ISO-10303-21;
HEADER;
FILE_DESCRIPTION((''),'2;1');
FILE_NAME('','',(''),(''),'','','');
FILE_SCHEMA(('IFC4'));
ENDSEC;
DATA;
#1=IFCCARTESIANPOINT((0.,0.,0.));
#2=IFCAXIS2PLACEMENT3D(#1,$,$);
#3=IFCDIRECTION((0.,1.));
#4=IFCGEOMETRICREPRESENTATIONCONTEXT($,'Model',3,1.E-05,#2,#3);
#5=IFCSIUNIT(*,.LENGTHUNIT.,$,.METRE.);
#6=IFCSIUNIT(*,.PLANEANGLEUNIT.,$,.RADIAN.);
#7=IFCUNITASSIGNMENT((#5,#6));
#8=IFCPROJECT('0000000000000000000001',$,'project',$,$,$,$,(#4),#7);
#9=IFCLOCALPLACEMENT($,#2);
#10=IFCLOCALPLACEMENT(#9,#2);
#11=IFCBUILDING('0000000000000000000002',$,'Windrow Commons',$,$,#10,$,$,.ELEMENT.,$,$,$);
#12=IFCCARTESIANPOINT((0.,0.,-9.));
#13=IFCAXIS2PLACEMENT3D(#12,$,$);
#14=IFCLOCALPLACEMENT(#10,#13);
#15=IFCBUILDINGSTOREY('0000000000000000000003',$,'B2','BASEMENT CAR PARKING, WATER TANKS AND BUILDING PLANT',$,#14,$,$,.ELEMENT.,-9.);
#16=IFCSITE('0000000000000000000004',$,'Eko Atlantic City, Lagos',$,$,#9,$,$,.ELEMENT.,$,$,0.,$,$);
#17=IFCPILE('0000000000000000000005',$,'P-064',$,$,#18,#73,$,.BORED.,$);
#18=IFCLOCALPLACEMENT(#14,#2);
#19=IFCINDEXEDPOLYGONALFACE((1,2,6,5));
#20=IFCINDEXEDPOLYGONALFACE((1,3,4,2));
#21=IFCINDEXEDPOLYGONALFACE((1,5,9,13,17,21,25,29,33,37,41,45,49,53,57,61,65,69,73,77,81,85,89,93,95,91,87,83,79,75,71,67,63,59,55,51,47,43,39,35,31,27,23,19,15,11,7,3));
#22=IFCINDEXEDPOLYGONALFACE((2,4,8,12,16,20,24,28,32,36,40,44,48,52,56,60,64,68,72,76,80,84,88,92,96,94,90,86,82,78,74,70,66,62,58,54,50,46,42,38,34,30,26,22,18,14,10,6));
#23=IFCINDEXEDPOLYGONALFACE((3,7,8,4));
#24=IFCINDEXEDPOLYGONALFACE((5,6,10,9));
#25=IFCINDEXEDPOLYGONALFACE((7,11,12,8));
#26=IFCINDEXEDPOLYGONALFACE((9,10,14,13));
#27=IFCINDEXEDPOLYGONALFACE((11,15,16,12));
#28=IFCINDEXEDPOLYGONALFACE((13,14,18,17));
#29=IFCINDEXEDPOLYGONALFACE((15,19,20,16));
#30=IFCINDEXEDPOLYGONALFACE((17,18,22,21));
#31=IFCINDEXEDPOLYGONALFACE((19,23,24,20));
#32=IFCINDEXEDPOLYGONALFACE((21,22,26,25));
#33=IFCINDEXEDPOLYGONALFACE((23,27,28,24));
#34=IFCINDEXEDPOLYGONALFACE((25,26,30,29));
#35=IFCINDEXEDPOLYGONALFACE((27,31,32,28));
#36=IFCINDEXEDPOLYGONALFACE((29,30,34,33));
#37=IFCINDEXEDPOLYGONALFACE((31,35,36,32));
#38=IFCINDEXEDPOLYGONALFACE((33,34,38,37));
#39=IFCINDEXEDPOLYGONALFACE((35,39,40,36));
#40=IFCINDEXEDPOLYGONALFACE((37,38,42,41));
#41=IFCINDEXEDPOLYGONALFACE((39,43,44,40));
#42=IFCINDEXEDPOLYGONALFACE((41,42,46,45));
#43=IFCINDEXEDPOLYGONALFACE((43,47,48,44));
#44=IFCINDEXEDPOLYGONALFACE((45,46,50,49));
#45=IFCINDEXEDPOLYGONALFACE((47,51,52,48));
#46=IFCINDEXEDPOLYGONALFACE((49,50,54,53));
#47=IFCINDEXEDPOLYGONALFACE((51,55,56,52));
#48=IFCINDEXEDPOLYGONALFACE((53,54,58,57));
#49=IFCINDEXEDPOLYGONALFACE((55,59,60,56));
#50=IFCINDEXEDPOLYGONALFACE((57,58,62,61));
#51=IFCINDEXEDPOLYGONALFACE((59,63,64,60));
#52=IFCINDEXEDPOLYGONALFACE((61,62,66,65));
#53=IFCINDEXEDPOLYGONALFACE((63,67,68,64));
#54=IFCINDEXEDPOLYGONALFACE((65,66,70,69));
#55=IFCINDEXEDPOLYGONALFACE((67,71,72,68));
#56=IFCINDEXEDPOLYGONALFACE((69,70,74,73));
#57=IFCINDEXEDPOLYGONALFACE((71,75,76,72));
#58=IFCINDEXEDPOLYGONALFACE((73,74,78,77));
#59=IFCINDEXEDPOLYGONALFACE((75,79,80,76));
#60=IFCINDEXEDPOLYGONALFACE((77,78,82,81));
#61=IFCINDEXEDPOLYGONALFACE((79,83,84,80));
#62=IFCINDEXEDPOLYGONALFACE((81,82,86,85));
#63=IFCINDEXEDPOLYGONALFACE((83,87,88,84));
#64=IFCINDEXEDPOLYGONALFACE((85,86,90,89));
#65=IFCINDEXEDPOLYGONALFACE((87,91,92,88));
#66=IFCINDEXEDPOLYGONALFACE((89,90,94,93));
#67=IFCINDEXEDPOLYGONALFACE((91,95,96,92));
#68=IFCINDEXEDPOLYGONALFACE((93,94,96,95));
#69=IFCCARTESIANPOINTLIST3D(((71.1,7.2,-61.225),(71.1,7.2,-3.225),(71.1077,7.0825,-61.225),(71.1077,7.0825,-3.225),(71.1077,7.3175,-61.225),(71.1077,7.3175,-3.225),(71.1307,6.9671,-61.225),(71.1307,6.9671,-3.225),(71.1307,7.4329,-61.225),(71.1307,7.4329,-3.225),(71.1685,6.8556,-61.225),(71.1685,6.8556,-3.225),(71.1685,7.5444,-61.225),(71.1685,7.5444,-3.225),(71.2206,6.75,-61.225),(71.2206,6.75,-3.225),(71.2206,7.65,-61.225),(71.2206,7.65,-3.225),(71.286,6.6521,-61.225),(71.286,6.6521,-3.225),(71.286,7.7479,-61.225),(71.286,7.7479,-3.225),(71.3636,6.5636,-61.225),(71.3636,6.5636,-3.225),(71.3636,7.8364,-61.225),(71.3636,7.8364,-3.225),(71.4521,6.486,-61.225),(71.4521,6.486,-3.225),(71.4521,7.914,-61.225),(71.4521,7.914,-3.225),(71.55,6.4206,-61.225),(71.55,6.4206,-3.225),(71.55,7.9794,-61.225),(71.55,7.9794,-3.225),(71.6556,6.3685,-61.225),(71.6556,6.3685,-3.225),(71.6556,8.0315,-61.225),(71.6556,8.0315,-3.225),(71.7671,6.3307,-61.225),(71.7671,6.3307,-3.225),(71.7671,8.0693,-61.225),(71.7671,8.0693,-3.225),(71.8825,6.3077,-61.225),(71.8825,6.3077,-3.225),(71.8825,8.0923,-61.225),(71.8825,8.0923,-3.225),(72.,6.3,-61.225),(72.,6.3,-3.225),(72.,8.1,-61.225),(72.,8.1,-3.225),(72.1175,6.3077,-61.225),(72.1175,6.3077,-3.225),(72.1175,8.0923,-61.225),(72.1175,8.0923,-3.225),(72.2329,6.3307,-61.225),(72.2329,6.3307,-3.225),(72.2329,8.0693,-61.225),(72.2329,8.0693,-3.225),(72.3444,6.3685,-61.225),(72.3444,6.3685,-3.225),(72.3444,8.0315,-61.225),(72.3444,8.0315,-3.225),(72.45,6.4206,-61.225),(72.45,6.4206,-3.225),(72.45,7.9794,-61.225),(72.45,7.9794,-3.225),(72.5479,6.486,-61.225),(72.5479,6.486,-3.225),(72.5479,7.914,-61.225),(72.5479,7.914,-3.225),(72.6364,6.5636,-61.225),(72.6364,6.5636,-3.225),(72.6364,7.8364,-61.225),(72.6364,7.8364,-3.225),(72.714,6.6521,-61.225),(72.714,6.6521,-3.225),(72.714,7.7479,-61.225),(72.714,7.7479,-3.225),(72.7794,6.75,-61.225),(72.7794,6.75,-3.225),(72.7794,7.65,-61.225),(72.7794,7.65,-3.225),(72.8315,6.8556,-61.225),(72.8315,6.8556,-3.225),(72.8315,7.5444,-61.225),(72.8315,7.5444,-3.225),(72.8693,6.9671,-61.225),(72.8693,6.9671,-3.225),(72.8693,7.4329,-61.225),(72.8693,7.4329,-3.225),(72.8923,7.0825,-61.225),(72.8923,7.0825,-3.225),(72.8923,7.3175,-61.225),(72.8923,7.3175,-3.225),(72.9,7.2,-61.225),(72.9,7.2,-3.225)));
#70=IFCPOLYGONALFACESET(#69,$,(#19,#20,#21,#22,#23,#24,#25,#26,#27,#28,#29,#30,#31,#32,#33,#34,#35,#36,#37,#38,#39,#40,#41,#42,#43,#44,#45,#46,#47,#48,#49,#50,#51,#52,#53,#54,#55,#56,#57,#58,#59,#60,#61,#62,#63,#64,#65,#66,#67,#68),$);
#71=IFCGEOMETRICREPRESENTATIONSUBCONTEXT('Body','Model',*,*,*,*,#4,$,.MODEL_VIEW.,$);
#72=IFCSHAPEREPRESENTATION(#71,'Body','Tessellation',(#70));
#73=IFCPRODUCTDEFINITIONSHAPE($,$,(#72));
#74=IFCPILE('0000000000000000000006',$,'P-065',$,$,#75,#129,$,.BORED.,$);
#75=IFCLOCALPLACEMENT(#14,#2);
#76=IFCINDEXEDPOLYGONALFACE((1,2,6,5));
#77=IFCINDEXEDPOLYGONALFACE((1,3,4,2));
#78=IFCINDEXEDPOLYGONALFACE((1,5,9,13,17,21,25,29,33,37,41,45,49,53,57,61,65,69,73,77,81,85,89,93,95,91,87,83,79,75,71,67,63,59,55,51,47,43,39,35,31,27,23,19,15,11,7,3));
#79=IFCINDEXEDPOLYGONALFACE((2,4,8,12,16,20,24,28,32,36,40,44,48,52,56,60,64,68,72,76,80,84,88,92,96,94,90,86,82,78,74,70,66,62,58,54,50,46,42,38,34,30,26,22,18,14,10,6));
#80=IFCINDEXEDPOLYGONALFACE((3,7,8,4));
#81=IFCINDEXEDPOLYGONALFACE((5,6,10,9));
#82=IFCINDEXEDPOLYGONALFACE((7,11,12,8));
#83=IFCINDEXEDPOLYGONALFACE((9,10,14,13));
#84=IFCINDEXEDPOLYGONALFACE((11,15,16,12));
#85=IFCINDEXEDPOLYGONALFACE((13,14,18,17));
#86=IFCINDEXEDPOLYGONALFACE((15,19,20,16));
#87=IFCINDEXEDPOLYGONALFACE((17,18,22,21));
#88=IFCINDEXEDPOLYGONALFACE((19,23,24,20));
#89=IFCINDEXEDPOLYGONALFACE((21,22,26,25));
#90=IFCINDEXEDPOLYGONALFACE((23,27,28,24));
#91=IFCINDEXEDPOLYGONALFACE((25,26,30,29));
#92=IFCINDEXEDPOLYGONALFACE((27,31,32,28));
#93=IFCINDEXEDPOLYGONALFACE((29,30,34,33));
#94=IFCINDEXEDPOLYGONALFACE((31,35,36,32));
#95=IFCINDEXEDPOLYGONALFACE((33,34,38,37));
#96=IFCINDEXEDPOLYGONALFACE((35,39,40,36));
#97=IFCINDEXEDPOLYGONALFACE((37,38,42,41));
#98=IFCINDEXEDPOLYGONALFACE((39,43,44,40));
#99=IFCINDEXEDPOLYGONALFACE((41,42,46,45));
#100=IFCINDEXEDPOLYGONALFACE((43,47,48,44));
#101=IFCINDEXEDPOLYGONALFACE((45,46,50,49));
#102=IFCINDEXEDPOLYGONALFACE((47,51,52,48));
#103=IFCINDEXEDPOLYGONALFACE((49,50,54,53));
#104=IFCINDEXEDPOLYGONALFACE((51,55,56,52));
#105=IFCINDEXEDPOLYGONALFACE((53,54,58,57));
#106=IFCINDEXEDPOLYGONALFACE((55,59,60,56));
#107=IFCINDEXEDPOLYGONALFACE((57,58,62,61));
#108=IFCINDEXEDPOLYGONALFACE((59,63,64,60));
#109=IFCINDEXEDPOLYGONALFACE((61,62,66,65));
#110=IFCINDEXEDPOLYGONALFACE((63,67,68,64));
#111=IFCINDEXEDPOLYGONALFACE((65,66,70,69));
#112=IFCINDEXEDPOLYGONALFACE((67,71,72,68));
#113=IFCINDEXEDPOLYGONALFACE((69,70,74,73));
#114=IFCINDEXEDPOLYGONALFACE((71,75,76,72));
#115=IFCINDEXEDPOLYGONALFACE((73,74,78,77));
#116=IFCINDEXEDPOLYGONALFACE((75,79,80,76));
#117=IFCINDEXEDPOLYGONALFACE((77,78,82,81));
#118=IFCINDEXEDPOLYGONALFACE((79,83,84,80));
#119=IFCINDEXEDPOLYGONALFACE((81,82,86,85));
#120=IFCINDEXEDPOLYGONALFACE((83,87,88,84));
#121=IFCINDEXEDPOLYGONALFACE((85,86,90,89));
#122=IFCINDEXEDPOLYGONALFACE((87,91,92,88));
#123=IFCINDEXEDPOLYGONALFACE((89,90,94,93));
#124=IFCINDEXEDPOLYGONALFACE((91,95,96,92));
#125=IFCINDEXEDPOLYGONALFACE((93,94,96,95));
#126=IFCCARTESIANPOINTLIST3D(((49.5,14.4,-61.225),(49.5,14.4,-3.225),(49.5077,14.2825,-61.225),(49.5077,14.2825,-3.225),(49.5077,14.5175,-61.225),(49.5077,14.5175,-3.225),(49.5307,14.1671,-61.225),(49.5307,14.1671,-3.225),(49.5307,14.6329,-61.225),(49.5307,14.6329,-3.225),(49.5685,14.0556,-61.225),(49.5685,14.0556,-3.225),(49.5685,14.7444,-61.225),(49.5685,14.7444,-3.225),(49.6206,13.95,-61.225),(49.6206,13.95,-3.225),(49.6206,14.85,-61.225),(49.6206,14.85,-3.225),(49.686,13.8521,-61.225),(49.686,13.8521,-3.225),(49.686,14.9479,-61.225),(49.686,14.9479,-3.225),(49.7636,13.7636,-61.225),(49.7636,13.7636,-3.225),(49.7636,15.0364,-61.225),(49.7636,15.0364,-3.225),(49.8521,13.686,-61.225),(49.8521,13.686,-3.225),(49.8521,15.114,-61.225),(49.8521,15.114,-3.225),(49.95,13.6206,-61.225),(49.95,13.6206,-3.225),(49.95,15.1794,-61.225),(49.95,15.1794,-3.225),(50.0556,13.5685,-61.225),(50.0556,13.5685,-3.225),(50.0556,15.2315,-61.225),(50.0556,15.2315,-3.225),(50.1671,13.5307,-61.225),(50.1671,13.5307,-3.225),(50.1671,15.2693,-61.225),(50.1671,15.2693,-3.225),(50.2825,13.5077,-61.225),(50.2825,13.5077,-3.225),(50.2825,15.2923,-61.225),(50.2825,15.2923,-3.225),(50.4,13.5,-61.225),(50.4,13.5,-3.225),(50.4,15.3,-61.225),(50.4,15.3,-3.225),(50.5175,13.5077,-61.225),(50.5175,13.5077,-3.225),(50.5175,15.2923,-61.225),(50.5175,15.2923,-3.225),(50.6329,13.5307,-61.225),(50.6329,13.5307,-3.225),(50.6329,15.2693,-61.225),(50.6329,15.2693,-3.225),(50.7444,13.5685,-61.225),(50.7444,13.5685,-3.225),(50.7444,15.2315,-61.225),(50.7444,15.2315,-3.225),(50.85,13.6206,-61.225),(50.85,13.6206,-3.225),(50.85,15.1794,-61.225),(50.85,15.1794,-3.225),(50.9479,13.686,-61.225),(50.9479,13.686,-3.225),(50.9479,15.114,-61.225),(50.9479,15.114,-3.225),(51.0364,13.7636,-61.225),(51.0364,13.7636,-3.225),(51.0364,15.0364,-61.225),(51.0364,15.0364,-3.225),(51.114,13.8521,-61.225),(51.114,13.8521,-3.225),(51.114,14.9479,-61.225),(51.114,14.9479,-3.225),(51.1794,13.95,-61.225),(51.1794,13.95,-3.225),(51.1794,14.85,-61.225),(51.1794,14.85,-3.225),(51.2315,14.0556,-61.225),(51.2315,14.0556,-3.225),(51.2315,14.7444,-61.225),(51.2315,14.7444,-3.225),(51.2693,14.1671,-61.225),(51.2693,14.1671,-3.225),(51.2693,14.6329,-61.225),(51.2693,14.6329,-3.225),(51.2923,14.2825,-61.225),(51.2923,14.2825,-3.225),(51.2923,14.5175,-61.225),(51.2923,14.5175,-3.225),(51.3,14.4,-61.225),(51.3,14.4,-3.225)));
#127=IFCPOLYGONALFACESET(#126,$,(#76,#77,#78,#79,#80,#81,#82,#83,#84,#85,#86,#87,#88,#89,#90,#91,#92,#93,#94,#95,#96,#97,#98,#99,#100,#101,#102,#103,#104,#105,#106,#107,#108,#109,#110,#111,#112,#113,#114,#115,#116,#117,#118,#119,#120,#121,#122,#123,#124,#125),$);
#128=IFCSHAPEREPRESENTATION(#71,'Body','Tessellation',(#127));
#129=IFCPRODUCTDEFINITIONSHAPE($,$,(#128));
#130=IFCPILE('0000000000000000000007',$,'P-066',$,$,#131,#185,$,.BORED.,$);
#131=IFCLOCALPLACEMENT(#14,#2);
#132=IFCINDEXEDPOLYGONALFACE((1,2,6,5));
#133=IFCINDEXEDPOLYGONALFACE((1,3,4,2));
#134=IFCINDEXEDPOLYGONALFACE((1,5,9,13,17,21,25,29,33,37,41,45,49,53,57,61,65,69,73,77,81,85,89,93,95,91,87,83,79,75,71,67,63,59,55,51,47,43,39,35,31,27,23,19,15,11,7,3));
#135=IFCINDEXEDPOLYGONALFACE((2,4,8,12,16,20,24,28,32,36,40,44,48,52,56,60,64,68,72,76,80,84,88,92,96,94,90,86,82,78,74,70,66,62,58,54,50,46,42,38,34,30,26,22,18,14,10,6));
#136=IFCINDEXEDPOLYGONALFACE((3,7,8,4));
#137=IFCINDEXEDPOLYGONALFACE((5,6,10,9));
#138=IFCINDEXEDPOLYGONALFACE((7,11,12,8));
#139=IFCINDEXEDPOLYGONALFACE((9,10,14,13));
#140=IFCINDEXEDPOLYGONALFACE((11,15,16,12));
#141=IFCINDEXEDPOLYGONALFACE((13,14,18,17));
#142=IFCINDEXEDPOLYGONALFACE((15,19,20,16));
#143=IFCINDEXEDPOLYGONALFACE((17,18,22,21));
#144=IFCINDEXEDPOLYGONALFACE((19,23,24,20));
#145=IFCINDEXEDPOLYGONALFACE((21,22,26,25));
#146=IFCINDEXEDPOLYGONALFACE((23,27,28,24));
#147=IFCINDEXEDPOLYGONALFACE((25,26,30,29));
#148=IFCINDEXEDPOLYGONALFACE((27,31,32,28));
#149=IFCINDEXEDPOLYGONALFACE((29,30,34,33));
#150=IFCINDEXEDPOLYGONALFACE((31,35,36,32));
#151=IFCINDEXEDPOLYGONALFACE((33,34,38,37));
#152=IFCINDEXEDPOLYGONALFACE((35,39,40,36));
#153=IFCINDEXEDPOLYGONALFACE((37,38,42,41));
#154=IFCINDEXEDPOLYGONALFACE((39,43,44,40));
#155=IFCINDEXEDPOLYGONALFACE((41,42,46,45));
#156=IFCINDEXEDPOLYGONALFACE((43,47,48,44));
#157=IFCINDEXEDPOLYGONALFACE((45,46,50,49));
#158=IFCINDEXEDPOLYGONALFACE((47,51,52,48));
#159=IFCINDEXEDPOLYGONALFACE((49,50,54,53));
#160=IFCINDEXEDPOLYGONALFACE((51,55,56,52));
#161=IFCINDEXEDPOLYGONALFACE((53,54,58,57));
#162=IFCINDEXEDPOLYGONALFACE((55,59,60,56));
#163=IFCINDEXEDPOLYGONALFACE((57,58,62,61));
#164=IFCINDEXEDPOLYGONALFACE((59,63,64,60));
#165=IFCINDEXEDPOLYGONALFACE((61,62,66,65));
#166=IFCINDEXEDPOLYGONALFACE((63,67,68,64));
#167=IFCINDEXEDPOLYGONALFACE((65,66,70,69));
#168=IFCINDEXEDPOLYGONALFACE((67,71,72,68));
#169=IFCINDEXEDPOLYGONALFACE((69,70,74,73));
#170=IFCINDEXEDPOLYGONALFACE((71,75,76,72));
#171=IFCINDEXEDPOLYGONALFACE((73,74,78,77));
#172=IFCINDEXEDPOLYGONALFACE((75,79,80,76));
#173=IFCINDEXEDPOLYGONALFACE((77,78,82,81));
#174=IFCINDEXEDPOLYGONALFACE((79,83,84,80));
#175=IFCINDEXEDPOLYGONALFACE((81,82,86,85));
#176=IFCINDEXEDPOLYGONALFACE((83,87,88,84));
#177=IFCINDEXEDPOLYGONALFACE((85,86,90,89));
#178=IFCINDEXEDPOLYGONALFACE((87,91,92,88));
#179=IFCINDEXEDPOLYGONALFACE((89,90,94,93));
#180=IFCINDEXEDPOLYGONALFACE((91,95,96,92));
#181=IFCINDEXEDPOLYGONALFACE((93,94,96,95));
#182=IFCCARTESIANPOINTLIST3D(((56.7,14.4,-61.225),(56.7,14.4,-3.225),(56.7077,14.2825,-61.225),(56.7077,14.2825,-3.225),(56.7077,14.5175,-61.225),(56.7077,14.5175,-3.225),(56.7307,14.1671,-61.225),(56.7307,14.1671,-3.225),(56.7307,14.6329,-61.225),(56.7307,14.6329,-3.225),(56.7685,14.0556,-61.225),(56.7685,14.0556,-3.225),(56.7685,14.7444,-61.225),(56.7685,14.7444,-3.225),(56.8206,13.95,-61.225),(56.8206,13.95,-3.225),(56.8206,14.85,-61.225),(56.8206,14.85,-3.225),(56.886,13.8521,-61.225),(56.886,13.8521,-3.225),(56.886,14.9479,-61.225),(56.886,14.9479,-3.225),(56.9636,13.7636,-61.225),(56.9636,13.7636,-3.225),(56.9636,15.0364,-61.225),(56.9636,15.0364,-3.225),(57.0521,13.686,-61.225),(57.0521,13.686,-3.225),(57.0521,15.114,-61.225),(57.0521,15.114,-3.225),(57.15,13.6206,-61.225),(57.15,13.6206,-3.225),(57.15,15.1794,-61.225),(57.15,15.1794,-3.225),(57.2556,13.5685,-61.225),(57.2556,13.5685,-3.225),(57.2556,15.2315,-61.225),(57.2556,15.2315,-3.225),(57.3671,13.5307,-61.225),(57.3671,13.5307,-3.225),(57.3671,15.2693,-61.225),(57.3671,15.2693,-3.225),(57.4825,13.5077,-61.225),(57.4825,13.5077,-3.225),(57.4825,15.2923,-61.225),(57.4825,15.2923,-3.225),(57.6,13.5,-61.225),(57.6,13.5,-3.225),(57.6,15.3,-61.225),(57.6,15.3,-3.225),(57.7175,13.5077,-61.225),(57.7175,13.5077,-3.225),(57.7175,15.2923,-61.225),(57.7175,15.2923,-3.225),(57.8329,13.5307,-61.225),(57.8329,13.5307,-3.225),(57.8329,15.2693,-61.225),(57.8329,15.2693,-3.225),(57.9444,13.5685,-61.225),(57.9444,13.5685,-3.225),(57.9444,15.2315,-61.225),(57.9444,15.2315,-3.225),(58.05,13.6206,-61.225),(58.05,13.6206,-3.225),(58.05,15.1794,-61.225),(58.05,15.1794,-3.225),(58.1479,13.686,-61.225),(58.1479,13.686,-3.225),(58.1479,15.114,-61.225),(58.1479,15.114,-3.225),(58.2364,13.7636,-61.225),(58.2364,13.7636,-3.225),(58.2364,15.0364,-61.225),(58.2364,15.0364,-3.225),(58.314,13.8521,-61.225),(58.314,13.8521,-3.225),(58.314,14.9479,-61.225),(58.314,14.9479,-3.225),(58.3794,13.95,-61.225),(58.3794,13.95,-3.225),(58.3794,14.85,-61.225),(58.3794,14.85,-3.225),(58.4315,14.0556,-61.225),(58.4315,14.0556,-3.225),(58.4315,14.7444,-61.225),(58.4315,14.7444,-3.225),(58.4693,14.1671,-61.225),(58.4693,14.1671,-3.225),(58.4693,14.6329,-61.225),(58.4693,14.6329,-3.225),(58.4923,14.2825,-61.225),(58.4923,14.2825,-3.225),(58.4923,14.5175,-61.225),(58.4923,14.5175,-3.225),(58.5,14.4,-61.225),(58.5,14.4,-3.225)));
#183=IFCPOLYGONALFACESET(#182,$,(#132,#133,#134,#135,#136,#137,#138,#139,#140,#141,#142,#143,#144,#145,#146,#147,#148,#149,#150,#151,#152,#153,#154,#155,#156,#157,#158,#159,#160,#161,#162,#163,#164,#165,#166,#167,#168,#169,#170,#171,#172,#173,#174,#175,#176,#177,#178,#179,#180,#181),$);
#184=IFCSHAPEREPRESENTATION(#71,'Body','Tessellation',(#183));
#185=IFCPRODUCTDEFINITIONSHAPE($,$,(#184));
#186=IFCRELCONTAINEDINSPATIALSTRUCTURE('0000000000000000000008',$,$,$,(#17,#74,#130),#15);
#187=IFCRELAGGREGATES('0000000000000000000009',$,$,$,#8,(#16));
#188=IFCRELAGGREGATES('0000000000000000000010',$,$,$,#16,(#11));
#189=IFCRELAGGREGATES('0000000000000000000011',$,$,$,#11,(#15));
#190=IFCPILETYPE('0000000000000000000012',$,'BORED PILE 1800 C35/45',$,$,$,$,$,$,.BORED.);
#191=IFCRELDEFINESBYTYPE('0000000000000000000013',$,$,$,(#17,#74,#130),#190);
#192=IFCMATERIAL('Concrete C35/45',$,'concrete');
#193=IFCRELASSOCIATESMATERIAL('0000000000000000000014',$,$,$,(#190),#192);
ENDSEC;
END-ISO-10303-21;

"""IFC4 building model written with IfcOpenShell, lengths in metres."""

from ifc_helpers import new_model, si_unit, direction, frame, origin, origin_2d, place, context, subcontext, project, spatial, circle, extrude, material, material_profile, profile_set, type_object, element, save


model = new_model("IFC4")

# Units and contexts
model_context = context("Model", 3, precision=1e-05, world=origin(), true_north=direction((0.0, 1.0)))
body_context = subcontext(model_context, "Body", "Model", "MODEL_VIEW")
ifc_project = project(units=[si_unit("LENGTHUNIT", "METRE"), si_unit("PLANEANGLEUNIT", "RADIAN")], contexts=[model_context])

# Site, building, storey
site_placement = place(None, origin())
site = spatial("IfcSite", under=ifc_project, at=site_placement, Name="Eko Atlantic City, Lagos", CompositionType="ELEMENT", RefElevation=0.0)
building_placement = place(site_placement, origin())
building = spatial("IfcBuilding", under=site, at=building_placement, Name="Windrow Commons", CompositionType="ELEMENT")
storey_placement = place(building_placement, frame((0.0, 0.0, -9.0)))
storey = spatial("IfcBuildingStorey", under=building, at=storey_placement, Name="B2", Description="BASEMENT CAR PARKING, WATER TANKS AND BUILDING PLANT", CompositionType="ELEMENT", Elevation=-9.0)

# Piles
ifc_material_1 = material(Name="Concrete C35/45", Category="concrete")
ifc_material_profile_1 = material_profile(ifc_material_1, circle(Radius=0.9, at=origin_2d()))
ifc_profile_set_1 = profile_set([ifc_material_profile_1], Name="Concrete C35/45")
pile_type = type_object("IfcPileType", Name="BORED PILE 1800 C35/45", PredefinedType="BORED", material=ifc_profile_set_1)
for number, where, z_axis, x_axis, name in (
    (1, (72.0, 7.2, -3.225), (0.0, 0.0, -1.0), (1.0, 0.0, 0.0), "P-064"),
    (2, (50.4, 14.4, -3.225), (0.0, 0.0, -1.0), (1.0, 0.0, 0.0), "P-065"),
    (3, (57.6, 14.4, -3.225), (0.0, 0.0, -1.0), (1.0, 0.0, 0.0), "P-066"),
):
    element("IfcPile", number, at=place(storey_placement, frame(where, z_axis=z_axis, x_axis=x_axis)), inside=storey, type_object=pile_type, Name=name, PredefinedType="BORED", context=body_context, shape_type="SweptSolid", body=[
        extrude(circle(Radius=0.9, at=origin_2d()), origin(), (0.0, 0.0, 1.0), 58.0),
    ])

save(model, "model.ifc")
